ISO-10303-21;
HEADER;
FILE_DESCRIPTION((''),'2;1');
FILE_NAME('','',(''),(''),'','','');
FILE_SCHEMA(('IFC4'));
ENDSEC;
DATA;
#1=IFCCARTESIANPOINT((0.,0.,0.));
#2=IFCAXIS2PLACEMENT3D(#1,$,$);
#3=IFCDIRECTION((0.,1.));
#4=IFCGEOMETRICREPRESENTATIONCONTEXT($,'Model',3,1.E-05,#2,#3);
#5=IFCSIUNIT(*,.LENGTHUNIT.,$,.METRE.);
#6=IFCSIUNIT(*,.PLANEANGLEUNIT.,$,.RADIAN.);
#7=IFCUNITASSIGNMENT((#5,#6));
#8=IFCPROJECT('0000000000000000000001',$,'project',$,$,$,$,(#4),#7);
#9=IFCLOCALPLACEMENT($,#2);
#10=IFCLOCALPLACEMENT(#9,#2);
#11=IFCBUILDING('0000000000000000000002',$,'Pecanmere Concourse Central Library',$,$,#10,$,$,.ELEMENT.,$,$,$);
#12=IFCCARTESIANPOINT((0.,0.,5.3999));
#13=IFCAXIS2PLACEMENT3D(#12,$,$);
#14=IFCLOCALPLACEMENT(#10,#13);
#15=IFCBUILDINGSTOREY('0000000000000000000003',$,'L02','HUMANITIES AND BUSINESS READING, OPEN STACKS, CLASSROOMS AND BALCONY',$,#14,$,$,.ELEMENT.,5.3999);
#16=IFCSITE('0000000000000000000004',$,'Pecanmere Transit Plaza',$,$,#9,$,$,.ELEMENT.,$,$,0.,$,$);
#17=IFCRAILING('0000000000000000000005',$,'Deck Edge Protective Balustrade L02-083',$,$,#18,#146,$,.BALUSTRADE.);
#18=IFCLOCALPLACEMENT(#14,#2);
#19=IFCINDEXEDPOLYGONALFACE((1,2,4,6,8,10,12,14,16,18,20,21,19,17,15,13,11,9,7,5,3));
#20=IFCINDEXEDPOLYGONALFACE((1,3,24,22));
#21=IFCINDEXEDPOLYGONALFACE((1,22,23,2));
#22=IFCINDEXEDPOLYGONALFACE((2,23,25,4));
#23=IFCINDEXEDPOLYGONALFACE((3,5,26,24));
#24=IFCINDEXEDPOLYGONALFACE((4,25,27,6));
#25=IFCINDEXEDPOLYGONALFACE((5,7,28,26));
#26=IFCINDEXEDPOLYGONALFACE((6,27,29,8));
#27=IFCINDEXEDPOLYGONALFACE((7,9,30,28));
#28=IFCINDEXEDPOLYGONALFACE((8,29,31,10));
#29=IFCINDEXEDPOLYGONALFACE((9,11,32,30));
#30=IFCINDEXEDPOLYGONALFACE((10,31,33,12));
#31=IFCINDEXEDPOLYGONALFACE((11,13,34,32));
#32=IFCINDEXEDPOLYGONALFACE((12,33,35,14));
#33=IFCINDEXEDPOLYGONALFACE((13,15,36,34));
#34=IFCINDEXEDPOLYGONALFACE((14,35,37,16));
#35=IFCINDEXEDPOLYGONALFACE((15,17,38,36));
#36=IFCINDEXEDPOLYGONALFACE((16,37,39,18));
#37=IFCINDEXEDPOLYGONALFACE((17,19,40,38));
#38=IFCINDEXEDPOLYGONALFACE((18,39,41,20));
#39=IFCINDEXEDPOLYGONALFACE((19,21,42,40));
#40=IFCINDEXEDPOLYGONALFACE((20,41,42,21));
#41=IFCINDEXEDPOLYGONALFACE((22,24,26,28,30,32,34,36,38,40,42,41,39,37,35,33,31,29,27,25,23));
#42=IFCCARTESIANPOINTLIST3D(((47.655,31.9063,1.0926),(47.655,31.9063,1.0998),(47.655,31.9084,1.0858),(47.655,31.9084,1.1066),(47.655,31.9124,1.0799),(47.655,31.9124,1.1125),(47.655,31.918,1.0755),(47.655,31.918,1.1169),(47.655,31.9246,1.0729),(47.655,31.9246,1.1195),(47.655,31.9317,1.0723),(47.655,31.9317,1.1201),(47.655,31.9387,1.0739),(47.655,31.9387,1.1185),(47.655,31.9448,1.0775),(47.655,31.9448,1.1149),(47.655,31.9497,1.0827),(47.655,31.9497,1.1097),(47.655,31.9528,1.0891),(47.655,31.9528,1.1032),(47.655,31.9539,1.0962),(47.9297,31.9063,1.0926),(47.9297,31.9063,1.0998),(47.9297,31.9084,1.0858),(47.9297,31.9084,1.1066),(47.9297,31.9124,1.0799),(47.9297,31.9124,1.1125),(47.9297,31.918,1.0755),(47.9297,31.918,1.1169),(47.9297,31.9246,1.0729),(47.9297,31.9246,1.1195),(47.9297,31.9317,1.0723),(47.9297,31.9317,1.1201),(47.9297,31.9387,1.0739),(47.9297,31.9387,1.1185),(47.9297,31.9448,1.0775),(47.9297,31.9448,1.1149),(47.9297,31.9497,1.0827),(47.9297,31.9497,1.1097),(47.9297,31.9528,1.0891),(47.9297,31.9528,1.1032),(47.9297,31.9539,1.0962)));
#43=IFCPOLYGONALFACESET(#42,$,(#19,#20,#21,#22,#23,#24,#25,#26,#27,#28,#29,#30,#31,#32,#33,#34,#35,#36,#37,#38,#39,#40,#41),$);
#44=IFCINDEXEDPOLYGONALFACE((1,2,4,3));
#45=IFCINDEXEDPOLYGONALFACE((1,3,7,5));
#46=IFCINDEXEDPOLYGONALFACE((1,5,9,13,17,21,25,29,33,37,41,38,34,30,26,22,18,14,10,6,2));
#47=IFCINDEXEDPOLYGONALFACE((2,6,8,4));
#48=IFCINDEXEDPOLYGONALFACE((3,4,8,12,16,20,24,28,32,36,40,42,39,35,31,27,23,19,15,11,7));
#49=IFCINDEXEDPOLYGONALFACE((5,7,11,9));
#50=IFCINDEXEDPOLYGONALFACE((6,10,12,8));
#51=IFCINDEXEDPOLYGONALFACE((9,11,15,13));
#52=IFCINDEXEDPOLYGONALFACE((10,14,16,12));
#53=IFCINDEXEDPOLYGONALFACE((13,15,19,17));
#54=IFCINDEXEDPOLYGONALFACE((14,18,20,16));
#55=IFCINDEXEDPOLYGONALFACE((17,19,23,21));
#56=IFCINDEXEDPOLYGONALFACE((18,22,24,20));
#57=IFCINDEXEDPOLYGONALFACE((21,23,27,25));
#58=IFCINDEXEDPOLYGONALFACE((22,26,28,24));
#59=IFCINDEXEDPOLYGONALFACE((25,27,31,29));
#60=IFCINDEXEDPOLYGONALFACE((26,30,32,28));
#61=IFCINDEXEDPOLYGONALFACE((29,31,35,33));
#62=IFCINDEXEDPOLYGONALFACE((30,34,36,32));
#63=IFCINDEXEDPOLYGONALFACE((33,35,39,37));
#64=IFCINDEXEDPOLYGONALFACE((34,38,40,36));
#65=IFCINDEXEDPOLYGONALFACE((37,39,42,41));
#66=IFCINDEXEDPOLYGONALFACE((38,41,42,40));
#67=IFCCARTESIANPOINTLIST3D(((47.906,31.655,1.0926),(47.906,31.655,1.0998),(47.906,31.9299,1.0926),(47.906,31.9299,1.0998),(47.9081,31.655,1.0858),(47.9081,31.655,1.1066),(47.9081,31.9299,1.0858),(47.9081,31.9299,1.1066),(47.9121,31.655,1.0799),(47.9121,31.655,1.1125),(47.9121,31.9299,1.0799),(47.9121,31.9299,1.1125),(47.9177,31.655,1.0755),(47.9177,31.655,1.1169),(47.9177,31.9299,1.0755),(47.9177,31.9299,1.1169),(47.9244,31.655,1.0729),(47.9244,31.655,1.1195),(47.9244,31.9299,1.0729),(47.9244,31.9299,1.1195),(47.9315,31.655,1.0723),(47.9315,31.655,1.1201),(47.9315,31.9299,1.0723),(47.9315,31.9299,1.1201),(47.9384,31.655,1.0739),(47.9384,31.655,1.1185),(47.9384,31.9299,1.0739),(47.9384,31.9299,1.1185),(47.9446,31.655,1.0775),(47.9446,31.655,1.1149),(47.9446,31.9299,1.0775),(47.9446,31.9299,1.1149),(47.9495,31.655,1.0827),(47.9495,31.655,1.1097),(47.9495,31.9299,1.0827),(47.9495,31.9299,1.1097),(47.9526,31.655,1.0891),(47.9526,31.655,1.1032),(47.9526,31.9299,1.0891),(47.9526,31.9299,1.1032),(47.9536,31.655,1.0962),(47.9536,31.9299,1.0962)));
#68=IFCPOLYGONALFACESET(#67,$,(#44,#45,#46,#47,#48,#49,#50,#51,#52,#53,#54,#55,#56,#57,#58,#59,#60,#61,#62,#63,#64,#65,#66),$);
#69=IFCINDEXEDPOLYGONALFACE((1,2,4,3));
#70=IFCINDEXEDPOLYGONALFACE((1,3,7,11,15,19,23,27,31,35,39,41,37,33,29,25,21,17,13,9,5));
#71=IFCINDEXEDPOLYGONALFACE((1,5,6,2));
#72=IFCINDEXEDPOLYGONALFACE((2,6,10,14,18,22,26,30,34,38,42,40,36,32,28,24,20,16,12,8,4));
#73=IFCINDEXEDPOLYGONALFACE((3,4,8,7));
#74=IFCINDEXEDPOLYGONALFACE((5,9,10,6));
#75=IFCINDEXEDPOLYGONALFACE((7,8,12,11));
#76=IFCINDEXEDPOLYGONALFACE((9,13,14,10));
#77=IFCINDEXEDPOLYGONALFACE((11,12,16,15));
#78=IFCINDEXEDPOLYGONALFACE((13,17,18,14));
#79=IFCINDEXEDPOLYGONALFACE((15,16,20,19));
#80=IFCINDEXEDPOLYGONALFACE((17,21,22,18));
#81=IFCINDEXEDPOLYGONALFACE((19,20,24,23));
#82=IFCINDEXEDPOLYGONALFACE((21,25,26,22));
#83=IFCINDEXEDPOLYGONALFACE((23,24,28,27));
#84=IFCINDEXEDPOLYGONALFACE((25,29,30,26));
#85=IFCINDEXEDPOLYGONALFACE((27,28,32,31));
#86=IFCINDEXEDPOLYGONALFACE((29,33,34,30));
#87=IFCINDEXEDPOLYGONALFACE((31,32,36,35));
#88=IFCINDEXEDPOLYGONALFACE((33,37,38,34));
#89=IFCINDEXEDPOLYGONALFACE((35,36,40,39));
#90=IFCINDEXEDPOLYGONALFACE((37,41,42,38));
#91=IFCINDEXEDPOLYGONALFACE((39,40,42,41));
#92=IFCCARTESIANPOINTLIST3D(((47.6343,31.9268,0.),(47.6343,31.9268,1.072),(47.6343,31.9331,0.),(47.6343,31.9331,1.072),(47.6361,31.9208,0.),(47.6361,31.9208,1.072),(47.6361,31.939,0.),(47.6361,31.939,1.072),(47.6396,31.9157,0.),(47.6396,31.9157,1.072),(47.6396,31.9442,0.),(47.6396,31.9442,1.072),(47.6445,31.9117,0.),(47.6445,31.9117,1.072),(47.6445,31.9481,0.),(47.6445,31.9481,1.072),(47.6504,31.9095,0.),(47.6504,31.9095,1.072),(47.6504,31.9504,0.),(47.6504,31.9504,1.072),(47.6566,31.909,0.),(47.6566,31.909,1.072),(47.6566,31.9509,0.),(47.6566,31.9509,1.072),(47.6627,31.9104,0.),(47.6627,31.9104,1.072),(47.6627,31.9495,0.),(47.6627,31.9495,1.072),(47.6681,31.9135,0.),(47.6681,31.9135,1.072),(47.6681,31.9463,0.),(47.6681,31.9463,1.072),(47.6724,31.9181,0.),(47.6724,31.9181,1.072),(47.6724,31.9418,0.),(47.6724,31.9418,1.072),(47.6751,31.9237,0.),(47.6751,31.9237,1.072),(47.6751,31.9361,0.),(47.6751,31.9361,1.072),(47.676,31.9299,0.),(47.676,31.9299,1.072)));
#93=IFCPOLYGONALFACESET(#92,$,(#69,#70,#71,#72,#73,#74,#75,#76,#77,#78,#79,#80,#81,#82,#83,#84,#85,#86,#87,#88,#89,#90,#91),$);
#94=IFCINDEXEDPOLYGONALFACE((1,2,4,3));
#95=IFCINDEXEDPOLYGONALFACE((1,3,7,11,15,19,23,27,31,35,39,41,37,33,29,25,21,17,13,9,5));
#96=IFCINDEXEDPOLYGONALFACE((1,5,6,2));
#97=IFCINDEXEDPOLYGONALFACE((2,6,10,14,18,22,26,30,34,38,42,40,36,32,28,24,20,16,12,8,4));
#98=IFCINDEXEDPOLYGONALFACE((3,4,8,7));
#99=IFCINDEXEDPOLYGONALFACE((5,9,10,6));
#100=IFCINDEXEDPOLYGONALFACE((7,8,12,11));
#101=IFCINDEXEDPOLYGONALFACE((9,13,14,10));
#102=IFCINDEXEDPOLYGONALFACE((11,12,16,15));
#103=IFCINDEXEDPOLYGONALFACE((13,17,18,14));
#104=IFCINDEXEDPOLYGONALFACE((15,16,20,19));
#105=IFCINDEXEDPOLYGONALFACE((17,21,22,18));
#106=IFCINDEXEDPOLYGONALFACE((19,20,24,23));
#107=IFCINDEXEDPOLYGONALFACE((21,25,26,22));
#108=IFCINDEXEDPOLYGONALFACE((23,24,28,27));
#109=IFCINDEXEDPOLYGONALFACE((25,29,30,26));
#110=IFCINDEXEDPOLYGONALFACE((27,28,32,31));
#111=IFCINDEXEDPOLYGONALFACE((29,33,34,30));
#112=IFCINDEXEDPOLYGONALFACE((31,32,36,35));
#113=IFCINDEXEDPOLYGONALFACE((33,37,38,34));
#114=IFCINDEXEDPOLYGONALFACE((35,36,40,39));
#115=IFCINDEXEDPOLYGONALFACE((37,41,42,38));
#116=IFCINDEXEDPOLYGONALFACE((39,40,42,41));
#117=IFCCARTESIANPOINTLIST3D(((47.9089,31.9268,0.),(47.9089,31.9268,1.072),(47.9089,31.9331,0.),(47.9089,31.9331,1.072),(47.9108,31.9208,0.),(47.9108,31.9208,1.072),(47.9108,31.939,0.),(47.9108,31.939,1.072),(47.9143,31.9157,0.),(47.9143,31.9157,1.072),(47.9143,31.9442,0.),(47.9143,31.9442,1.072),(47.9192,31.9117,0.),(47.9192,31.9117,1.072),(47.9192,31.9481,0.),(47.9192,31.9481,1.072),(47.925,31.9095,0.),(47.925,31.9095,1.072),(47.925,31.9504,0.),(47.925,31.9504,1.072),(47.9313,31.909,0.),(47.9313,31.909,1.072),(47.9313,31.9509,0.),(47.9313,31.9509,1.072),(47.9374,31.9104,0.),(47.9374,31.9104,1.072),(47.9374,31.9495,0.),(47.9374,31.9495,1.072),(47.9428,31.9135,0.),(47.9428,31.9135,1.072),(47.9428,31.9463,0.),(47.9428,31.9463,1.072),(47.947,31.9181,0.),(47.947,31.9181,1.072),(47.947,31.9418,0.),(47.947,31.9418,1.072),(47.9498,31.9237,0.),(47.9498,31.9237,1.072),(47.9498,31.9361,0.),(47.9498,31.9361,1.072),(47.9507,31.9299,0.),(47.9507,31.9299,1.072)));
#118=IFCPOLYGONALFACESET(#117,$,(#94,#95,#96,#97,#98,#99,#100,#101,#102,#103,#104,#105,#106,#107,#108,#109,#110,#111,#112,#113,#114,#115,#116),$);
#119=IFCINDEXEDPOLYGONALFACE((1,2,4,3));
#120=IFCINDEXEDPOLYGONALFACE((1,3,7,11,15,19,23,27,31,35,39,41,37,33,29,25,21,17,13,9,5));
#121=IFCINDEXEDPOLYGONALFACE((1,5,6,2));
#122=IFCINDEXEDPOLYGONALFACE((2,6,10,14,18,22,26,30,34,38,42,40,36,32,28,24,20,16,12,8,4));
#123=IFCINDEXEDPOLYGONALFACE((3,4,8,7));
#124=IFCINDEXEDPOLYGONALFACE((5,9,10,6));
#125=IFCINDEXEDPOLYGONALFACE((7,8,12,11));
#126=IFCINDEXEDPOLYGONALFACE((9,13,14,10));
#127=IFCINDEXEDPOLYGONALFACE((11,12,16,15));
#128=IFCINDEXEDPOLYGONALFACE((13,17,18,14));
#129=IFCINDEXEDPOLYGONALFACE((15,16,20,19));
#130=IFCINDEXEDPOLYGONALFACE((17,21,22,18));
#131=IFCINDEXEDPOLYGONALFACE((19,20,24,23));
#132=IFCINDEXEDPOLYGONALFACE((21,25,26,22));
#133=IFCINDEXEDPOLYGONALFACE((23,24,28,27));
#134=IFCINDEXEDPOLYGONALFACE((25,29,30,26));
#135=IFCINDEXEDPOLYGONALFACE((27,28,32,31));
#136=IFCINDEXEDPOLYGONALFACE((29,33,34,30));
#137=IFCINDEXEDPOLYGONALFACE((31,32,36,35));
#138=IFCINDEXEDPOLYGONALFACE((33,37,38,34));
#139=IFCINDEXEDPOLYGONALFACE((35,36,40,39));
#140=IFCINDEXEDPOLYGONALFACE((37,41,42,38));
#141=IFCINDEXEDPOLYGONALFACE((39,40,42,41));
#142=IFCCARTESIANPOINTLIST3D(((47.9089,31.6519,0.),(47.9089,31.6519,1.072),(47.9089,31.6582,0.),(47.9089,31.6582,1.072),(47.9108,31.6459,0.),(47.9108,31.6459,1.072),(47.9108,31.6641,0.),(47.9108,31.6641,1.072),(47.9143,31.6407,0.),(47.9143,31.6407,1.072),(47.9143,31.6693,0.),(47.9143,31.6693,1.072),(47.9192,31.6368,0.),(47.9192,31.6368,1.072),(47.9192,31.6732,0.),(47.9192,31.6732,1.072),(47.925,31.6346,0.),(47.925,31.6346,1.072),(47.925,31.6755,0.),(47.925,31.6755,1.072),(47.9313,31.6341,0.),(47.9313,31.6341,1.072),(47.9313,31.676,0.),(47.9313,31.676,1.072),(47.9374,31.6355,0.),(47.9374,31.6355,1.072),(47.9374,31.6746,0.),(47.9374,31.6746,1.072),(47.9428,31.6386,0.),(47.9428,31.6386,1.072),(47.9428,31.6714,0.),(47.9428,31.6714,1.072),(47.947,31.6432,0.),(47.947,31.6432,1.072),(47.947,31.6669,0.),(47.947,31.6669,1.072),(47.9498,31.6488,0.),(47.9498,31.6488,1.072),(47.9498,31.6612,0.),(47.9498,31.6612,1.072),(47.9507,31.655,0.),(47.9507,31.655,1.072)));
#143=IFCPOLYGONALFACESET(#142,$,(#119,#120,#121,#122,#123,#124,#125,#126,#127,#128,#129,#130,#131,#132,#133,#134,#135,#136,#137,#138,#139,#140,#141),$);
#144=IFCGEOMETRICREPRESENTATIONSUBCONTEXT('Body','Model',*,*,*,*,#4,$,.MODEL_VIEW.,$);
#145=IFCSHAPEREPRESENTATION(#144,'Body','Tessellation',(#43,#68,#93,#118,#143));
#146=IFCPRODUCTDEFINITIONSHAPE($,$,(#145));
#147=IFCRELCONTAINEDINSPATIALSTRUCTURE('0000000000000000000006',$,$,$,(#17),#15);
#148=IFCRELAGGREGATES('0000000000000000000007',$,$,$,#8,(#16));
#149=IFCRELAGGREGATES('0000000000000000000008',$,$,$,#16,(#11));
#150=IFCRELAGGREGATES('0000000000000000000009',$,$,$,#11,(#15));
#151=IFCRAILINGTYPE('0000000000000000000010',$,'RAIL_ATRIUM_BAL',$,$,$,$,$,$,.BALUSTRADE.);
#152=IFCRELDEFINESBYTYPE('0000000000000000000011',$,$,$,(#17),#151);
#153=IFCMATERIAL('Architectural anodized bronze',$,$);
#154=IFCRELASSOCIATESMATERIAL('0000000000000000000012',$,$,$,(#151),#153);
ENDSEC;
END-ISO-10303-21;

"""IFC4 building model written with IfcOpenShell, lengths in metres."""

from ifc_helpers import new_model, si_unit, direction, frame, origin, origin_2d, place, context, subcontext, project, spatial, circle, extrude, material, type_object, element, save


model = new_model("IFC4")

# Units and contexts
model_context = context("Model", 3, precision=1e-05, world=origin(), true_north=direction((0.0, 1.0)))
body_context = subcontext(model_context, "Body", "Model", "MODEL_VIEW")
ifc_project = project(units=[si_unit("LENGTHUNIT", "METRE"), si_unit("PLANEANGLEUNIT", "RADIAN")], contexts=[model_context])

# Site, building, storey
site_placement = place(None, origin())
site = spatial("IfcSite", under=ifc_project, at=site_placement, Name="Pecanmere Transit Plaza", CompositionType="ELEMENT", RefElevation=0.0)
building_placement = place(site_placement, origin())
building = spatial("IfcBuilding", under=site, at=building_placement, Name="Pecanmere Concourse Central Library", CompositionType="ELEMENT")
storey_placement = place(building_placement, frame((0.0, 0.0, 5.3999)))
storey = spatial("IfcBuildingStorey", under=building, at=storey_placement, Name="L02", Description="HUMANITIES AND BUSINESS READING, OPEN STACKS, CLASSROOMS AND BALCONY", CompositionType="ELEMENT", Elevation=5.3999)

# Railing
ifc_material_1 = material(Name="Architectural anodized bronze")
railing_type_1 = type_object("IfcRailingType", Name="RAIL_ATRIUM_BAL", PredefinedType="BALUSTRADE", material=ifc_material_1)
railing_1_placement = place(storey_placement, frame((47.655, 31.9299, 0.0)))
element("IfcRailing", 1, at=railing_1_placement, inside=storey, type_object=railing_type_1, Name="Deck Edge Protective Balustrade L02-083", PredefinedType="BALUSTRADE", context=body_context, shape_type="SweptSolid", body=[
    extrude(circle(Radius=0.0239, at=origin_2d()), frame((0.0, 0.0, 1.0962), z_axis=(1.0, 0.0, 0.0), x_axis=(0.0, 1.0, 0.0)), (0.0, 0.0, 1.0), 0.2747),
    extrude(circle(Radius=0.0239, at=origin_2d()), frame((0.2747, 0.0, 1.0962), z_axis=(0.0, -1.0, 0.0), x_axis=(1.0, 0.0, 0.0)), (0.0, 0.0, 1.0), 0.2749),
    extrude(circle(Radius=0.021, at=origin_2d()), origin(), (0.0, 0.0, 1.0), 1.072),
    extrude(circle(Radius=0.021, at=origin_2d()), frame((0.2747, 0.0, 0.0)), (0.0, 0.0, 1.0), 1.072),
    extrude(circle(Radius=0.021, at=origin_2d()), frame((0.2747, -0.2749, 0.0)), (0.0, 0.0, 1.0), 1.072),
])

save(model, "model.ifc")
